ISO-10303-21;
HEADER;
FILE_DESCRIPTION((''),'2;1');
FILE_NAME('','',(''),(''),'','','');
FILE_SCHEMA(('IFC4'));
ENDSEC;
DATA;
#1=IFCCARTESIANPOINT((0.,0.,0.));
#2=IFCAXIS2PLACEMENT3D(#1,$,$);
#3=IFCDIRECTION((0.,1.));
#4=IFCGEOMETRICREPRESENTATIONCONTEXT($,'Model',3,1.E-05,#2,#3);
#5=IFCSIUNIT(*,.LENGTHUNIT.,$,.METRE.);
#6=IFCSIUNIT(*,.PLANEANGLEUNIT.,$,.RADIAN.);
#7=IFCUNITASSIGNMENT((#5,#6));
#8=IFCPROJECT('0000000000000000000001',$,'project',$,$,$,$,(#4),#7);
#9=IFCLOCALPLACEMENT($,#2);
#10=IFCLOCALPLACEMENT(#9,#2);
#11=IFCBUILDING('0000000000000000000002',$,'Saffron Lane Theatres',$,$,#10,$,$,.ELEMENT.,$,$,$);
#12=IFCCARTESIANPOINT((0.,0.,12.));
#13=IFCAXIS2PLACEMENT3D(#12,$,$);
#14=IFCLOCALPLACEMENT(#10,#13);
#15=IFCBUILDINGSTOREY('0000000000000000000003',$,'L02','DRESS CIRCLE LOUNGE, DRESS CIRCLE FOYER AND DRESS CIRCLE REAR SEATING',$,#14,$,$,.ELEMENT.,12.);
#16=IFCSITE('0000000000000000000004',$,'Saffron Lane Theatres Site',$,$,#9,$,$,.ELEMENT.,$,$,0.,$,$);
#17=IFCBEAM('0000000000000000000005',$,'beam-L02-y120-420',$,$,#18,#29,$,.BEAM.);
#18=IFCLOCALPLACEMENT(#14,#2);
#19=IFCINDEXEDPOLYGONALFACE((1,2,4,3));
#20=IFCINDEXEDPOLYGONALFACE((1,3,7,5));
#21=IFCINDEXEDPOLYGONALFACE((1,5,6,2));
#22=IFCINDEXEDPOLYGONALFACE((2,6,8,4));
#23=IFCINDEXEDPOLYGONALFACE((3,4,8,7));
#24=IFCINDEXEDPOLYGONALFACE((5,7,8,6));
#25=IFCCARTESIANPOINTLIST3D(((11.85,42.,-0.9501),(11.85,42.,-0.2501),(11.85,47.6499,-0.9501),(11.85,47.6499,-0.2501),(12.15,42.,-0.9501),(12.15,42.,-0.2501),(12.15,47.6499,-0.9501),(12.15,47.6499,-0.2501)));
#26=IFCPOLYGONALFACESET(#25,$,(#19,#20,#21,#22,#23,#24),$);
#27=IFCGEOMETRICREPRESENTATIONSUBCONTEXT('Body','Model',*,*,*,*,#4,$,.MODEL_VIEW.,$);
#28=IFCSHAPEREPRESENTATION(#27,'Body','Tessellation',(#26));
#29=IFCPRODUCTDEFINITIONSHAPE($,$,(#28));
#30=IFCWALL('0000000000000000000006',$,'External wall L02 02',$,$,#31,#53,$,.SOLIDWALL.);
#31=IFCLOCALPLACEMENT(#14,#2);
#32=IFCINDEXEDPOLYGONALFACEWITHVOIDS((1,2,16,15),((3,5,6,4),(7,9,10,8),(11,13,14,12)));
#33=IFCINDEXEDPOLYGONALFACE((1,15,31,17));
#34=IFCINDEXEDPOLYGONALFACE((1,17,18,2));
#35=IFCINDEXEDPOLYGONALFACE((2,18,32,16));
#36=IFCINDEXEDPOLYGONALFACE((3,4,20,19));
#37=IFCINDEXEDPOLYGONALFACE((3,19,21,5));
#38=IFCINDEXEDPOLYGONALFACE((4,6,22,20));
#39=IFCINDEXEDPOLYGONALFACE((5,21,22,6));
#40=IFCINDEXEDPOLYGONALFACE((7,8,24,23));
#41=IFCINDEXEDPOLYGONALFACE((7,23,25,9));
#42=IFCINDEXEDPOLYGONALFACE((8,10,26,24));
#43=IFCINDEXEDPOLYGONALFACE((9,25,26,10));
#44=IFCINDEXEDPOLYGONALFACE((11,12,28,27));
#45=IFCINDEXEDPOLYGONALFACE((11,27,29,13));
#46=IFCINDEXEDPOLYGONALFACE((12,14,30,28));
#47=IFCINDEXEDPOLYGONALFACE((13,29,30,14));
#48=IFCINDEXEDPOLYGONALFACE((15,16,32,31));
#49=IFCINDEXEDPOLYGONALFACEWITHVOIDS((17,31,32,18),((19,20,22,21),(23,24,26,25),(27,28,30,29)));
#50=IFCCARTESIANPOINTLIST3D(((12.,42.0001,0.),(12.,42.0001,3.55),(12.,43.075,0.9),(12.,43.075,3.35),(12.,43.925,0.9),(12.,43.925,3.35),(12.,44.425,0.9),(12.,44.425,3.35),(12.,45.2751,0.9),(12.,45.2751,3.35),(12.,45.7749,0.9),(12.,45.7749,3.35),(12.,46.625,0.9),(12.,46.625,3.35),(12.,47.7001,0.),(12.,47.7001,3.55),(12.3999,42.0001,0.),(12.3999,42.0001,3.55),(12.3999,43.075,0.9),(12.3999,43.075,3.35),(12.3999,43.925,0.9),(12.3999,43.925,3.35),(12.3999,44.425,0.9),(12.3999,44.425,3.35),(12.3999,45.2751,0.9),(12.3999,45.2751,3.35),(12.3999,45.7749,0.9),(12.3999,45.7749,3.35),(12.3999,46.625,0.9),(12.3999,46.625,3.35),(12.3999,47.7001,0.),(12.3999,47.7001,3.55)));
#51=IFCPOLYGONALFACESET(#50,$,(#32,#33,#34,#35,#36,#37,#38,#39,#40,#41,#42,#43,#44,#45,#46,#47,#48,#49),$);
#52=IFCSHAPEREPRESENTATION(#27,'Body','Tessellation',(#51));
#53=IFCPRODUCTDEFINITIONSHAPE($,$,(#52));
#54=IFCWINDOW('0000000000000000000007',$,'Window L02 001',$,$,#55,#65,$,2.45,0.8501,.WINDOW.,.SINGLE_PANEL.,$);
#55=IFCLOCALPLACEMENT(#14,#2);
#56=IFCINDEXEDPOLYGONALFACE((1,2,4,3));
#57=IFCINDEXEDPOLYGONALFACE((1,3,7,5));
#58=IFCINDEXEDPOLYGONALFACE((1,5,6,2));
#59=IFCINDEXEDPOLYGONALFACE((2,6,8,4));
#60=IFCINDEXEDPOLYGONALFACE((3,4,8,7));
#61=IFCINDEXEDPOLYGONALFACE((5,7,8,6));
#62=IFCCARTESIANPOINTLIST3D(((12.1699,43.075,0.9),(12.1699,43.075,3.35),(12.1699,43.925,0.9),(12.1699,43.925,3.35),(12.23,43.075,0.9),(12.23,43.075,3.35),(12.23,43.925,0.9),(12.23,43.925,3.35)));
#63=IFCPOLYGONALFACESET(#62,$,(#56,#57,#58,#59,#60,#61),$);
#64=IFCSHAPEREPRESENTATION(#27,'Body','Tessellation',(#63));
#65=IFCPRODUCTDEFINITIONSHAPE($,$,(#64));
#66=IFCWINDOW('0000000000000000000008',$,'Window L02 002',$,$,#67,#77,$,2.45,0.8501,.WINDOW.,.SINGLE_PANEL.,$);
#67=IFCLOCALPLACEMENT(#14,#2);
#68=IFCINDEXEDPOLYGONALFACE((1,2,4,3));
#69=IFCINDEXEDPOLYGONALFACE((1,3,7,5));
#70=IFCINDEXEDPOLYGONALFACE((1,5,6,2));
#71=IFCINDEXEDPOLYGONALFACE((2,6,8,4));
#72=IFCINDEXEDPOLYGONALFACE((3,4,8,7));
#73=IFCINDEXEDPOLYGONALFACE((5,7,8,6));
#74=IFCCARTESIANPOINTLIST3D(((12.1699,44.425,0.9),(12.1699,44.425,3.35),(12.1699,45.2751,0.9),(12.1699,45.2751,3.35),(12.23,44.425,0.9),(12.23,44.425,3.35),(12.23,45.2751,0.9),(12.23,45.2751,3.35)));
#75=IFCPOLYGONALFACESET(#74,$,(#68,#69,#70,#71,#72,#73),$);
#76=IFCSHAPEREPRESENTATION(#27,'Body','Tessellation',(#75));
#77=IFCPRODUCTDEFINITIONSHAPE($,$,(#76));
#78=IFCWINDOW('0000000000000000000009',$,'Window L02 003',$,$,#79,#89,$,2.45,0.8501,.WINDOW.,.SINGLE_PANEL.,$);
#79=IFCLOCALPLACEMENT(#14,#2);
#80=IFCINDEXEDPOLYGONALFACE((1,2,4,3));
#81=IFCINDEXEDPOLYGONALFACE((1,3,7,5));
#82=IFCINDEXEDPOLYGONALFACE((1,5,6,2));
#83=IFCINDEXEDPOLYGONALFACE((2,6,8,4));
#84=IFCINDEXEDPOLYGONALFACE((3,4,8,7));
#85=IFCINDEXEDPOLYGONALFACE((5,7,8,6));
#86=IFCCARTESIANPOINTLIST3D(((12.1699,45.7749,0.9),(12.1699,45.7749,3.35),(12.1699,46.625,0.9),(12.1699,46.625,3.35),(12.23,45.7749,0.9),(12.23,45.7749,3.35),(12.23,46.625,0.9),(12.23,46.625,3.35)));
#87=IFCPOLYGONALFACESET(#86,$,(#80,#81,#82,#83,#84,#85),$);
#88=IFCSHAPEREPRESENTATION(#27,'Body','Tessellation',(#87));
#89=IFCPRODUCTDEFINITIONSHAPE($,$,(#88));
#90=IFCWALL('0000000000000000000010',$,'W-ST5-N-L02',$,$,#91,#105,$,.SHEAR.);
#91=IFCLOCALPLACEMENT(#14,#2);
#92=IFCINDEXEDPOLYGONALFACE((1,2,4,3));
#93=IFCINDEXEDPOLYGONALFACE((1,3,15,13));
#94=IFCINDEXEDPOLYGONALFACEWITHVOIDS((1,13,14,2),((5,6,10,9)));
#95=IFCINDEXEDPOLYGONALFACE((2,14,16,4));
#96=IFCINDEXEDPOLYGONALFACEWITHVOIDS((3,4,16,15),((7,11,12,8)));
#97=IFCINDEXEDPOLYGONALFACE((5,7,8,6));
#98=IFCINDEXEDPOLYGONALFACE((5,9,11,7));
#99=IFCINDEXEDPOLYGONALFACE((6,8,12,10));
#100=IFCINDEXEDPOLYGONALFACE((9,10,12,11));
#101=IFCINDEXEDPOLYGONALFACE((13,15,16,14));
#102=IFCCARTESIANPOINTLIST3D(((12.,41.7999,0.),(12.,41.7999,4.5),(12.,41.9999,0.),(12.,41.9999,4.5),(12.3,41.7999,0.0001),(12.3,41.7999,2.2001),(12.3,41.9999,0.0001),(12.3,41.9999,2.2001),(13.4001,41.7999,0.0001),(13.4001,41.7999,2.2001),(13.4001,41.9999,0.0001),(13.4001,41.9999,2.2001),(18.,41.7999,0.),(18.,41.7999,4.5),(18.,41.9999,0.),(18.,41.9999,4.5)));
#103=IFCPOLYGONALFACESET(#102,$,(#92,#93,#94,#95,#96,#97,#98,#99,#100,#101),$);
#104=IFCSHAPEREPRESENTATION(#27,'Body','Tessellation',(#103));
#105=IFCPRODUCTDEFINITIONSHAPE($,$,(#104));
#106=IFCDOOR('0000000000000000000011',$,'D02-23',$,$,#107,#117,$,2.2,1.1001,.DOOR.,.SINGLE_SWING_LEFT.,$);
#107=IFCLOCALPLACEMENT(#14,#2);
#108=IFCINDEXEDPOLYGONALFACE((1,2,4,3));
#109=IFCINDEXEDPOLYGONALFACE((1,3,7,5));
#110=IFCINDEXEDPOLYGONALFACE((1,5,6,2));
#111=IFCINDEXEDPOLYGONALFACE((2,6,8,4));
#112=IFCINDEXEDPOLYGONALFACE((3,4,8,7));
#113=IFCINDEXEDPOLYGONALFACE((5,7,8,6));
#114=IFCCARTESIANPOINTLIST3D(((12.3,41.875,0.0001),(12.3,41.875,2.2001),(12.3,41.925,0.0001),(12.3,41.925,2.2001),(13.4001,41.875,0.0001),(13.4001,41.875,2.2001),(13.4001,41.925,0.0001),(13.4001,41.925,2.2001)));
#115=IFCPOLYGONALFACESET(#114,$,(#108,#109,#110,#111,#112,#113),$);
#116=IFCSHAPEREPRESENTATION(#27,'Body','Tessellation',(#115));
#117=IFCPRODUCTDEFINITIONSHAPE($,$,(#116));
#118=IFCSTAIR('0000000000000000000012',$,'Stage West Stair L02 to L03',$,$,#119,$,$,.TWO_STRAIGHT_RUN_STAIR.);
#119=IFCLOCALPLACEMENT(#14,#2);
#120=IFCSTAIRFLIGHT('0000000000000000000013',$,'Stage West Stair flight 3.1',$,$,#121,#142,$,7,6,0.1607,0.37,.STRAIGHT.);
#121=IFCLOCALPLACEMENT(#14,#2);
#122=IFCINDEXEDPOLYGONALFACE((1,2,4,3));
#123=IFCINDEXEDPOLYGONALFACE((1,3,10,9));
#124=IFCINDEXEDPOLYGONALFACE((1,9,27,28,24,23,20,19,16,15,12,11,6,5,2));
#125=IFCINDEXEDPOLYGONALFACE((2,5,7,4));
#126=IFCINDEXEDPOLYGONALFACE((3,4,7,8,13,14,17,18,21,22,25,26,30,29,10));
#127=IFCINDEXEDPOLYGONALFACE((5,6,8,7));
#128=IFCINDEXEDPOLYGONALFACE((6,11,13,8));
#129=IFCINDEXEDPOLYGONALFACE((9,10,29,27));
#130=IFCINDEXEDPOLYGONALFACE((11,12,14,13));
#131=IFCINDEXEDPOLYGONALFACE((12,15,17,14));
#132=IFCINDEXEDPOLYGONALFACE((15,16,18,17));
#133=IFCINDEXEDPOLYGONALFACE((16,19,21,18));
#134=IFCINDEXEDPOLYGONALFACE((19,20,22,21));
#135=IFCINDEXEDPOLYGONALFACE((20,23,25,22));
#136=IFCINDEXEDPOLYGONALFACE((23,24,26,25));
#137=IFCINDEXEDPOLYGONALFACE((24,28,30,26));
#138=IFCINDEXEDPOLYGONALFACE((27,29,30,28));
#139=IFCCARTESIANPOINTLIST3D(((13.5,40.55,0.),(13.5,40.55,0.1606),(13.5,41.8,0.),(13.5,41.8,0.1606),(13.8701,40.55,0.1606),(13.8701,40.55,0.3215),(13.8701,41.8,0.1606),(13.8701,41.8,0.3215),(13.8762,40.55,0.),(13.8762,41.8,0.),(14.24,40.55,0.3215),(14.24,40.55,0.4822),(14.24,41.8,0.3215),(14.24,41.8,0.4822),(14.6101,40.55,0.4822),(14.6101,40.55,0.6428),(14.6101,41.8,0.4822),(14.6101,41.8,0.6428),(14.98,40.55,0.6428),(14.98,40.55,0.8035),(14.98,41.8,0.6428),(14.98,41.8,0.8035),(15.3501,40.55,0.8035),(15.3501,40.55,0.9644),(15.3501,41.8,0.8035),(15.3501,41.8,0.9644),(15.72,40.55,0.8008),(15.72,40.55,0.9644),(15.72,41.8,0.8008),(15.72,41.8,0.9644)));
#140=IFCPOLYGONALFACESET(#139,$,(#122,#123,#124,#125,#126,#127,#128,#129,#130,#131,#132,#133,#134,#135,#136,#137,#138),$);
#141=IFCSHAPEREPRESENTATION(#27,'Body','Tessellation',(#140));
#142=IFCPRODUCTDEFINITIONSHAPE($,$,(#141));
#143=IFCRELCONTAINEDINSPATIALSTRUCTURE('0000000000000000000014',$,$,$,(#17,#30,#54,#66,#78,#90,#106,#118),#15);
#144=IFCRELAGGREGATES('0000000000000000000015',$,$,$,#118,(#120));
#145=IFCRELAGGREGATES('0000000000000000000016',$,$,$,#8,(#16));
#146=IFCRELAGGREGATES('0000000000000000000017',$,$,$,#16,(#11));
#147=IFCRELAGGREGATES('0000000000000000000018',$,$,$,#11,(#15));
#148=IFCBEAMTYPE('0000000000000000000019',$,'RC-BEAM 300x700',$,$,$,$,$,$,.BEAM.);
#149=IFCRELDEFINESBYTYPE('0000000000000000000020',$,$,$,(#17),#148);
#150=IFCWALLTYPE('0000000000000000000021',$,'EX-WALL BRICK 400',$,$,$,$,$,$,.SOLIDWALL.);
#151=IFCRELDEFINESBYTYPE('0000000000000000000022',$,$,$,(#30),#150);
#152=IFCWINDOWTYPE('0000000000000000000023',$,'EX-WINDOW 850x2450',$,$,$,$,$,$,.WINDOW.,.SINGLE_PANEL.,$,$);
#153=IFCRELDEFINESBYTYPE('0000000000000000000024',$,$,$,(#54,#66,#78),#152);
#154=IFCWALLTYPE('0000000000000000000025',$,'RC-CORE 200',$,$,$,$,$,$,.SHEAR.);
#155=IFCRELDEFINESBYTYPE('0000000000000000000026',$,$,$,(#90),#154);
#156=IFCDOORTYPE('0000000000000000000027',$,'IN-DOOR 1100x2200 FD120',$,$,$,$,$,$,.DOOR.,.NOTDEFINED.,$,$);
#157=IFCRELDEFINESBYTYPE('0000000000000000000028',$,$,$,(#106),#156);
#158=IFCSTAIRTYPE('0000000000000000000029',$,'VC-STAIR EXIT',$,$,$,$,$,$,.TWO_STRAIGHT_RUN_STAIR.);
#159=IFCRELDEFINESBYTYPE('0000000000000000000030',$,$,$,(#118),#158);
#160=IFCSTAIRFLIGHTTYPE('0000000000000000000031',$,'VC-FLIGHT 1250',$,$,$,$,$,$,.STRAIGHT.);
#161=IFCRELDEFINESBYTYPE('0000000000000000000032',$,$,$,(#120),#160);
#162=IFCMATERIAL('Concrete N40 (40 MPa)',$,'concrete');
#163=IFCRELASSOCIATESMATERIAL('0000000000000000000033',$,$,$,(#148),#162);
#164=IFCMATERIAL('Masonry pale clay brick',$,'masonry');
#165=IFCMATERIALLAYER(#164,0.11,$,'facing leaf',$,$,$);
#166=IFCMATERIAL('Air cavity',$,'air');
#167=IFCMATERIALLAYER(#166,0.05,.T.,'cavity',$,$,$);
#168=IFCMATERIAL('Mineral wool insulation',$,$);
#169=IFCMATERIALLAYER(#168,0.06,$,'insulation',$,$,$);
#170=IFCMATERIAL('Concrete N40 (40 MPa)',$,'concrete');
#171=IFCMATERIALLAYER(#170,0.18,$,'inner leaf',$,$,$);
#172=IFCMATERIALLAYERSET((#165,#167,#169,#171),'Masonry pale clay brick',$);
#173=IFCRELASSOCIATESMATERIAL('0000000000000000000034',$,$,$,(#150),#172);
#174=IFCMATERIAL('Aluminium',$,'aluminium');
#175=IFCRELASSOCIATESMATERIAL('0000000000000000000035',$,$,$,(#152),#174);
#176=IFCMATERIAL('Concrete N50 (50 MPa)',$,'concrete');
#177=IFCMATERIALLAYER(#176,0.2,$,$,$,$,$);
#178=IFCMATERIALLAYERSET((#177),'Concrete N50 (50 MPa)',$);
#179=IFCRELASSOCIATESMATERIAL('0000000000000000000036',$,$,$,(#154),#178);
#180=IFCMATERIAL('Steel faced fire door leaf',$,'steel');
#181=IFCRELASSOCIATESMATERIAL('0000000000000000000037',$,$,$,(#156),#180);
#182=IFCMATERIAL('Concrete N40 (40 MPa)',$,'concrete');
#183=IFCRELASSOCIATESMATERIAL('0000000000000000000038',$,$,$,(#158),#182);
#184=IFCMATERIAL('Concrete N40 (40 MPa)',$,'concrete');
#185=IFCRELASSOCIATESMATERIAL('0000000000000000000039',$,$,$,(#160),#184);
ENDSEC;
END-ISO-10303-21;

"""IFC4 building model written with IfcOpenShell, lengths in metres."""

from ifc_helpers import new_model, si_unit, direction, frame, frame_2d, origin, origin_2d, place, context, subcontext, project, spatial, polyline, rectangle, outline, extrude, material, layer, layer_set, material_profile, profile_set, type_object, element, fill, aggregate, save


model = new_model("IFC4")

# Units and contexts
model_context = context("Model", 3, precision=1e-05, world=origin(), true_north=direction((0.0, 1.0)))
body_context = subcontext(model_context, "Body", "Model", "MODEL_VIEW")
ifc_project = project(units=[si_unit("LENGTHUNIT", "METRE"), si_unit("PLANEANGLEUNIT", "RADIAN")], contexts=[model_context])

# Site, building, storey
site_placement = place(None, origin())
site = spatial("IfcSite", under=ifc_project, at=site_placement, Name="Saffron Lane Theatres Site", CompositionType="ELEMENT", RefElevation=0.0)
building_placement = place(site_placement, origin())
building = spatial("IfcBuilding", under=site, at=building_placement, Name="Saffron Lane Theatres", CompositionType="ELEMENT")
storey_placement = place(building_placement, frame((0.0, 0.0, 12.0)))
storey = spatial("IfcBuildingStorey", under=building, at=storey_placement, Name="L02", Description="DRESS CIRCLE LOUNGE, DRESS CIRCLE FOYER AND DRESS CIRCLE REAR SEATING", CompositionType="ELEMENT", Elevation=12.0)

# Beam
ifc_material_1 = material(Name="Concrete N40 (40 MPa)", Category="concrete")
ifc_material_profile = material_profile(ifc_material_1, rectangle(XDim=0.3, YDim=0.7, at=origin_2d()))
ifc_profile_set = profile_set([ifc_material_profile], Name="Concrete N40 (40 MPa)")
beam_type = type_object("IfcBeamType", Name="RC-BEAM 300x700", PredefinedType="BEAM", material=ifc_profile_set)
beam_placement = place(storey_placement, frame((12.0, 42.0, -0.6001), z_axis=(0.0, 1.0, 0.0), x_axis=(-1.0, 0.0, 0.0)))
element("IfcBeam", 1, at=beam_placement, inside=storey, type_object=beam_type, Name="beam-L02-y120-420", PredefinedType="BEAM", context=body_context, shape_type="SweptSolid", body=[
    extrude(rectangle(XDim=0.3, YDim=0.7, at=origin_2d()), origin(), (0.0, 0.0, 1.0), 5.6499),
])

# Wall, openings, windows
ifc_material_2 = material(Name="Masonry pale clay brick", Category="masonry")
ifc_layer_1 = layer(ifc_material_2, 0.11, Name="facing leaf")
ifc_material_3 = material(Name="Air cavity", Category="air")
ifc_layer_2 = layer(ifc_material_3, 0.05, ventilated=True, Name="cavity")
ifc_material_4 = material(Name="Mineral wool insulation")
ifc_layer_3 = layer(ifc_material_4, 0.06, Name="insulation")
ifc_material_5 = material(Name="Concrete N40 (40 MPa)", Category="concrete")
ifc_layer_4 = layer(ifc_material_5, 0.18, Name="inner leaf")
ifc_layer_set_1 = layer_set([ifc_layer_1, ifc_layer_2, ifc_layer_3, ifc_layer_4], Name="Masonry pale clay brick")
wall_type_1 = type_object("IfcWallType", Name="EX-WALL BRICK 400", PredefinedType="SOLIDWALL", material=ifc_layer_set_1)
wall_1_placement = place(storey_placement, frame((12.2, 42.0, 0.0), z_axis=(0.0, 0.0, 1.0), x_axis=(0.0, 1.0, 0.0)))
wall_1 = element("IfcWall", 2, at=wall_1_placement, inside=storey, type_object=wall_type_1, Name="External wall L02 02", PredefinedType="SOLIDWALL", context=body_context, shape_type="SweptSolid", body=[
    extrude(rectangle(XDim=5.7, YDim=0.3999, at=frame_2d((2.8501, 0.0))), origin(), (0.0, 0.0, 1.0), 3.55),
])
opening_1_placement = place(wall_1_placement, frame((1.075, 0.0, 0.8999)))
opening_1 = element("IfcOpeningElement", 3, at=opening_1_placement, cuts=wall_1, PredefinedType="OPENING", context=body_context, shape_type="SweptSolid", body=[
    extrude(rectangle(XDim=0.8501, YDim=2.45, at=frame_2d((0.425, 1.2251))), frame((0.0, 0.21, 0.0), z_axis=(0.0, -1.0, 0.0), x_axis=(1.0, 0.0, 0.0)), (0.0, 0.0, 1.0), 0.4199),
])
opening_2_placement = place(wall_1_placement, frame((2.425, 0.0, 0.8999)))
opening_2 = element("IfcOpeningElement", 4, at=opening_2_placement, cuts=wall_1, PredefinedType="OPENING", context=body_context, shape_type="SweptSolid", body=[
    extrude(rectangle(XDim=0.8501, YDim=2.45, at=frame_2d((0.425, 1.2251))), frame((0.0, 0.21, 0.0), z_axis=(0.0, -1.0, 0.0), x_axis=(1.0, 0.0, 0.0)), (0.0, 0.0, 1.0), 0.4199),
])
opening_3_placement = place(wall_1_placement, frame((3.7749, 0.0, 0.8999)))
opening_3 = element("IfcOpeningElement", 5, at=opening_3_placement, cuts=wall_1, PredefinedType="OPENING", context=body_context, shape_type="SweptSolid", body=[
    extrude(rectangle(XDim=0.8501, YDim=2.45, at=frame_2d((0.425, 1.2251))), frame((0.0, 0.21, 0.0), z_axis=(0.0, -1.0, 0.0), x_axis=(1.0, 0.0, 0.0)), (0.0, 0.0, 1.0), 0.4199),
])
ifc_material_6 = material(Name="Aluminium", Category="aluminium")
window_type = type_object("IfcWindowType", Name="EX-WINDOW 850x2450", PartitioningType="SINGLE_PANEL", PredefinedType="WINDOW", material=ifc_material_6)
window_1_placement = place(opening_1_placement, origin())
window_1 = element("IfcWindow", 6, at=window_1_placement, inside=storey, type_object=window_type, Name="Window L02 001", OverallHeight=2.45, OverallWidth=0.8501, PartitioningType="SINGLE_PANEL", PredefinedType="WINDOW", context=body_context, shape_type="SweptSolid", body=[
    extrude(rectangle(XDim=0.8501, YDim=2.45, at=frame_2d((0.425, 1.2251))), frame((0.0, 0.03, 0.0), z_axis=(0.0, -1.0, 0.0), x_axis=(1.0, 0.0, 0.0)), (0.0, 0.0, 1.0), 0.0601),
])
fill(opening_1, window_1)
window_2_placement = place(opening_2_placement, origin())
window_2 = element("IfcWindow", 7, at=window_2_placement, inside=storey, type_object=window_type, Name="Window L02 002", OverallHeight=2.45, OverallWidth=0.8501, PartitioningType="SINGLE_PANEL", PredefinedType="WINDOW", context=body_context, shape_type="SweptSolid", body=[
    extrude(rectangle(XDim=0.8501, YDim=2.45, at=frame_2d((0.425, 1.2251))), frame((0.0, 0.03, 0.0), z_axis=(0.0, -1.0, 0.0), x_axis=(1.0, 0.0, 0.0)), (0.0, 0.0, 1.0), 0.0601),
])
fill(opening_2, window_2)
window_3_placement = place(opening_3_placement, origin())
window_3 = element("IfcWindow", 8, at=window_3_placement, inside=storey, type_object=window_type, Name="Window L02 003", OverallHeight=2.45, OverallWidth=0.8501, PartitioningType="SINGLE_PANEL", PredefinedType="WINDOW", context=body_context, shape_type="SweptSolid", body=[
    extrude(rectangle(XDim=0.8501, YDim=2.45, at=frame_2d((0.425, 1.2251))), frame((0.0, 0.03, 0.0), z_axis=(0.0, -1.0, 0.0), x_axis=(1.0, 0.0, 0.0)), (0.0, 0.0, 1.0), 0.0601),
])
fill(opening_3, window_3)

# Wall, opening, door
ifc_material_7 = material(Name="Concrete N50 (50 MPa)", Category="concrete")
ifc_layer_5 = layer(ifc_material_7, 0.2)
ifc_layer_set_2 = layer_set([ifc_layer_5], Name="Concrete N50 (50 MPa)")
wall_type_2 = type_object("IfcWallType", Name="RC-CORE 200", PredefinedType="SHEAR", material=ifc_layer_set_2)
wall_2_placement = place(storey_placement, frame((12.0, 41.8999, 0.0), z_axis=(0.0, 0.0, 1.0), x_axis=(1.0, 0.0, 0.0)))
wall_2 = element("IfcWall", 9, at=wall_2_placement, inside=storey, type_object=wall_type_2, Name="W-ST5-N-L02", PredefinedType="SHEAR", context=body_context, shape_type="SweptSolid", body=[
    extrude(rectangle(XDim=6.0, YDim=0.2, at=frame_2d((3.0, 0.0))), origin(), (0.0, 0.0, 1.0), 4.5),
])
opening_4_placement = place(wall_2_placement, frame((0.3, 0.0, 0.0)))
opening_4 = element("IfcOpeningElement", 10, at=opening_4_placement, cuts=wall_2, PredefinedType="OPENING", context=body_context, shape_type="SweptSolid", body=[
    extrude(rectangle(XDim=1.1001, YDim=2.2, at=frame_2d((0.55, 1.1001))), frame((0.0, 0.1099, 0.0), z_axis=(0.0, -1.0, 0.0), x_axis=(1.0, 0.0, 0.0)), (0.0, 0.0, 1.0), 0.22),
])
ifc_material_8 = material(Name="Steel faced fire door leaf", Category="steel")
door_type = type_object("IfcDoorType", Name="IN-DOOR 1100x2200 FD120", OperationType="NOTDEFINED", PredefinedType="DOOR", material=ifc_material_8)
door_placement = place(opening_4_placement, frame((1.1001, 0.0, 0.0), z_axis=(0.0, 0.0, 1.0), x_axis=(-1.0, 0.0, 0.0)))
door = element("IfcDoor", 11, at=door_placement, inside=storey, type_object=door_type, Name="D02-23", OperationType="SINGLE_SWING_LEFT", OverallHeight=2.2, OverallWidth=1.1001, PredefinedType="DOOR", context=body_context, shape_type="SweptSolid", body=[
    extrude(rectangle(XDim=1.1001, YDim=2.2, at=frame_2d((0.55, 1.1001))), frame((0.0, 0.0249, 0.0), z_axis=(0.0, -1.0, 0.0), x_axis=(1.0, 0.0, 0.0)), (0.0, 0.0, 1.0), 0.05),
])
fill(opening_4, door)

# Stair, stair flight
ifc_material_9 = material(Name="Concrete N40 (40 MPa)", Category="concrete")
stair_type = type_object("IfcStairType", Name="VC-STAIR EXIT", PredefinedType="TWO_STRAIGHT_RUN_STAIR", material=ifc_material_9)
stair_placement = place(storey_placement, origin())
stair = element("IfcStair", 12, at=stair_placement, inside=storey, type_object=stair_type, Name="Stage West Stair L02 to L03", PredefinedType="TWO_STRAIGHT_RUN_STAIR")
ifc_material_10 = material(Name="Concrete N40 (40 MPa)", Category="concrete")
stair_flight_type = type_object("IfcStairFlightType", Name="VC-FLIGHT 1250", PredefinedType="STRAIGHT", material=ifc_material_10)
stair_flight_1_placement = place(storey_placement, frame((13.5, 41.175, 0.0), z_axis=(0.0, 0.0, 1.0), x_axis=(1.0, 0.0, 0.0)))
stair_flight_1 = element("IfcStairFlight", 13, at=stair_flight_1_placement, type_object=stair_flight_type, Name="Stage West Stair flight 3.1", NumberOfRisers=7, NumberOfTreads=6, PredefinedType="STRAIGHT", RiserHeight=0.1607, TreadLength=0.37, context=body_context, shape_type="SweptSolid", body=[
    extrude(outline(polyline([(0.0, 0.0), (0.0, 0.1606), (0.3701, 0.1606), (0.3701, 0.3215), (0.74, 0.3215), (0.74, 0.4822), (1.1101, 0.4822), (1.1101, 0.6428), (1.48, 0.6428), (1.48, 0.8035), (1.8501, 0.8035), (1.8501, 0.9644), (2.22, 0.9644), (2.22, 1.125), (2.22, 0.8008), (0.3762, 0.0), (0.0, 0.0)])), frame((0.0, 0.625, 0.0), z_axis=(0.0, -1.0, 0.0), x_axis=(1.0, 0.0, 0.0)), (0.0, 0.0, 1.0), 1.25),
])
aggregate(stair, [stair_flight_1])

save(model, "model.ifc")
